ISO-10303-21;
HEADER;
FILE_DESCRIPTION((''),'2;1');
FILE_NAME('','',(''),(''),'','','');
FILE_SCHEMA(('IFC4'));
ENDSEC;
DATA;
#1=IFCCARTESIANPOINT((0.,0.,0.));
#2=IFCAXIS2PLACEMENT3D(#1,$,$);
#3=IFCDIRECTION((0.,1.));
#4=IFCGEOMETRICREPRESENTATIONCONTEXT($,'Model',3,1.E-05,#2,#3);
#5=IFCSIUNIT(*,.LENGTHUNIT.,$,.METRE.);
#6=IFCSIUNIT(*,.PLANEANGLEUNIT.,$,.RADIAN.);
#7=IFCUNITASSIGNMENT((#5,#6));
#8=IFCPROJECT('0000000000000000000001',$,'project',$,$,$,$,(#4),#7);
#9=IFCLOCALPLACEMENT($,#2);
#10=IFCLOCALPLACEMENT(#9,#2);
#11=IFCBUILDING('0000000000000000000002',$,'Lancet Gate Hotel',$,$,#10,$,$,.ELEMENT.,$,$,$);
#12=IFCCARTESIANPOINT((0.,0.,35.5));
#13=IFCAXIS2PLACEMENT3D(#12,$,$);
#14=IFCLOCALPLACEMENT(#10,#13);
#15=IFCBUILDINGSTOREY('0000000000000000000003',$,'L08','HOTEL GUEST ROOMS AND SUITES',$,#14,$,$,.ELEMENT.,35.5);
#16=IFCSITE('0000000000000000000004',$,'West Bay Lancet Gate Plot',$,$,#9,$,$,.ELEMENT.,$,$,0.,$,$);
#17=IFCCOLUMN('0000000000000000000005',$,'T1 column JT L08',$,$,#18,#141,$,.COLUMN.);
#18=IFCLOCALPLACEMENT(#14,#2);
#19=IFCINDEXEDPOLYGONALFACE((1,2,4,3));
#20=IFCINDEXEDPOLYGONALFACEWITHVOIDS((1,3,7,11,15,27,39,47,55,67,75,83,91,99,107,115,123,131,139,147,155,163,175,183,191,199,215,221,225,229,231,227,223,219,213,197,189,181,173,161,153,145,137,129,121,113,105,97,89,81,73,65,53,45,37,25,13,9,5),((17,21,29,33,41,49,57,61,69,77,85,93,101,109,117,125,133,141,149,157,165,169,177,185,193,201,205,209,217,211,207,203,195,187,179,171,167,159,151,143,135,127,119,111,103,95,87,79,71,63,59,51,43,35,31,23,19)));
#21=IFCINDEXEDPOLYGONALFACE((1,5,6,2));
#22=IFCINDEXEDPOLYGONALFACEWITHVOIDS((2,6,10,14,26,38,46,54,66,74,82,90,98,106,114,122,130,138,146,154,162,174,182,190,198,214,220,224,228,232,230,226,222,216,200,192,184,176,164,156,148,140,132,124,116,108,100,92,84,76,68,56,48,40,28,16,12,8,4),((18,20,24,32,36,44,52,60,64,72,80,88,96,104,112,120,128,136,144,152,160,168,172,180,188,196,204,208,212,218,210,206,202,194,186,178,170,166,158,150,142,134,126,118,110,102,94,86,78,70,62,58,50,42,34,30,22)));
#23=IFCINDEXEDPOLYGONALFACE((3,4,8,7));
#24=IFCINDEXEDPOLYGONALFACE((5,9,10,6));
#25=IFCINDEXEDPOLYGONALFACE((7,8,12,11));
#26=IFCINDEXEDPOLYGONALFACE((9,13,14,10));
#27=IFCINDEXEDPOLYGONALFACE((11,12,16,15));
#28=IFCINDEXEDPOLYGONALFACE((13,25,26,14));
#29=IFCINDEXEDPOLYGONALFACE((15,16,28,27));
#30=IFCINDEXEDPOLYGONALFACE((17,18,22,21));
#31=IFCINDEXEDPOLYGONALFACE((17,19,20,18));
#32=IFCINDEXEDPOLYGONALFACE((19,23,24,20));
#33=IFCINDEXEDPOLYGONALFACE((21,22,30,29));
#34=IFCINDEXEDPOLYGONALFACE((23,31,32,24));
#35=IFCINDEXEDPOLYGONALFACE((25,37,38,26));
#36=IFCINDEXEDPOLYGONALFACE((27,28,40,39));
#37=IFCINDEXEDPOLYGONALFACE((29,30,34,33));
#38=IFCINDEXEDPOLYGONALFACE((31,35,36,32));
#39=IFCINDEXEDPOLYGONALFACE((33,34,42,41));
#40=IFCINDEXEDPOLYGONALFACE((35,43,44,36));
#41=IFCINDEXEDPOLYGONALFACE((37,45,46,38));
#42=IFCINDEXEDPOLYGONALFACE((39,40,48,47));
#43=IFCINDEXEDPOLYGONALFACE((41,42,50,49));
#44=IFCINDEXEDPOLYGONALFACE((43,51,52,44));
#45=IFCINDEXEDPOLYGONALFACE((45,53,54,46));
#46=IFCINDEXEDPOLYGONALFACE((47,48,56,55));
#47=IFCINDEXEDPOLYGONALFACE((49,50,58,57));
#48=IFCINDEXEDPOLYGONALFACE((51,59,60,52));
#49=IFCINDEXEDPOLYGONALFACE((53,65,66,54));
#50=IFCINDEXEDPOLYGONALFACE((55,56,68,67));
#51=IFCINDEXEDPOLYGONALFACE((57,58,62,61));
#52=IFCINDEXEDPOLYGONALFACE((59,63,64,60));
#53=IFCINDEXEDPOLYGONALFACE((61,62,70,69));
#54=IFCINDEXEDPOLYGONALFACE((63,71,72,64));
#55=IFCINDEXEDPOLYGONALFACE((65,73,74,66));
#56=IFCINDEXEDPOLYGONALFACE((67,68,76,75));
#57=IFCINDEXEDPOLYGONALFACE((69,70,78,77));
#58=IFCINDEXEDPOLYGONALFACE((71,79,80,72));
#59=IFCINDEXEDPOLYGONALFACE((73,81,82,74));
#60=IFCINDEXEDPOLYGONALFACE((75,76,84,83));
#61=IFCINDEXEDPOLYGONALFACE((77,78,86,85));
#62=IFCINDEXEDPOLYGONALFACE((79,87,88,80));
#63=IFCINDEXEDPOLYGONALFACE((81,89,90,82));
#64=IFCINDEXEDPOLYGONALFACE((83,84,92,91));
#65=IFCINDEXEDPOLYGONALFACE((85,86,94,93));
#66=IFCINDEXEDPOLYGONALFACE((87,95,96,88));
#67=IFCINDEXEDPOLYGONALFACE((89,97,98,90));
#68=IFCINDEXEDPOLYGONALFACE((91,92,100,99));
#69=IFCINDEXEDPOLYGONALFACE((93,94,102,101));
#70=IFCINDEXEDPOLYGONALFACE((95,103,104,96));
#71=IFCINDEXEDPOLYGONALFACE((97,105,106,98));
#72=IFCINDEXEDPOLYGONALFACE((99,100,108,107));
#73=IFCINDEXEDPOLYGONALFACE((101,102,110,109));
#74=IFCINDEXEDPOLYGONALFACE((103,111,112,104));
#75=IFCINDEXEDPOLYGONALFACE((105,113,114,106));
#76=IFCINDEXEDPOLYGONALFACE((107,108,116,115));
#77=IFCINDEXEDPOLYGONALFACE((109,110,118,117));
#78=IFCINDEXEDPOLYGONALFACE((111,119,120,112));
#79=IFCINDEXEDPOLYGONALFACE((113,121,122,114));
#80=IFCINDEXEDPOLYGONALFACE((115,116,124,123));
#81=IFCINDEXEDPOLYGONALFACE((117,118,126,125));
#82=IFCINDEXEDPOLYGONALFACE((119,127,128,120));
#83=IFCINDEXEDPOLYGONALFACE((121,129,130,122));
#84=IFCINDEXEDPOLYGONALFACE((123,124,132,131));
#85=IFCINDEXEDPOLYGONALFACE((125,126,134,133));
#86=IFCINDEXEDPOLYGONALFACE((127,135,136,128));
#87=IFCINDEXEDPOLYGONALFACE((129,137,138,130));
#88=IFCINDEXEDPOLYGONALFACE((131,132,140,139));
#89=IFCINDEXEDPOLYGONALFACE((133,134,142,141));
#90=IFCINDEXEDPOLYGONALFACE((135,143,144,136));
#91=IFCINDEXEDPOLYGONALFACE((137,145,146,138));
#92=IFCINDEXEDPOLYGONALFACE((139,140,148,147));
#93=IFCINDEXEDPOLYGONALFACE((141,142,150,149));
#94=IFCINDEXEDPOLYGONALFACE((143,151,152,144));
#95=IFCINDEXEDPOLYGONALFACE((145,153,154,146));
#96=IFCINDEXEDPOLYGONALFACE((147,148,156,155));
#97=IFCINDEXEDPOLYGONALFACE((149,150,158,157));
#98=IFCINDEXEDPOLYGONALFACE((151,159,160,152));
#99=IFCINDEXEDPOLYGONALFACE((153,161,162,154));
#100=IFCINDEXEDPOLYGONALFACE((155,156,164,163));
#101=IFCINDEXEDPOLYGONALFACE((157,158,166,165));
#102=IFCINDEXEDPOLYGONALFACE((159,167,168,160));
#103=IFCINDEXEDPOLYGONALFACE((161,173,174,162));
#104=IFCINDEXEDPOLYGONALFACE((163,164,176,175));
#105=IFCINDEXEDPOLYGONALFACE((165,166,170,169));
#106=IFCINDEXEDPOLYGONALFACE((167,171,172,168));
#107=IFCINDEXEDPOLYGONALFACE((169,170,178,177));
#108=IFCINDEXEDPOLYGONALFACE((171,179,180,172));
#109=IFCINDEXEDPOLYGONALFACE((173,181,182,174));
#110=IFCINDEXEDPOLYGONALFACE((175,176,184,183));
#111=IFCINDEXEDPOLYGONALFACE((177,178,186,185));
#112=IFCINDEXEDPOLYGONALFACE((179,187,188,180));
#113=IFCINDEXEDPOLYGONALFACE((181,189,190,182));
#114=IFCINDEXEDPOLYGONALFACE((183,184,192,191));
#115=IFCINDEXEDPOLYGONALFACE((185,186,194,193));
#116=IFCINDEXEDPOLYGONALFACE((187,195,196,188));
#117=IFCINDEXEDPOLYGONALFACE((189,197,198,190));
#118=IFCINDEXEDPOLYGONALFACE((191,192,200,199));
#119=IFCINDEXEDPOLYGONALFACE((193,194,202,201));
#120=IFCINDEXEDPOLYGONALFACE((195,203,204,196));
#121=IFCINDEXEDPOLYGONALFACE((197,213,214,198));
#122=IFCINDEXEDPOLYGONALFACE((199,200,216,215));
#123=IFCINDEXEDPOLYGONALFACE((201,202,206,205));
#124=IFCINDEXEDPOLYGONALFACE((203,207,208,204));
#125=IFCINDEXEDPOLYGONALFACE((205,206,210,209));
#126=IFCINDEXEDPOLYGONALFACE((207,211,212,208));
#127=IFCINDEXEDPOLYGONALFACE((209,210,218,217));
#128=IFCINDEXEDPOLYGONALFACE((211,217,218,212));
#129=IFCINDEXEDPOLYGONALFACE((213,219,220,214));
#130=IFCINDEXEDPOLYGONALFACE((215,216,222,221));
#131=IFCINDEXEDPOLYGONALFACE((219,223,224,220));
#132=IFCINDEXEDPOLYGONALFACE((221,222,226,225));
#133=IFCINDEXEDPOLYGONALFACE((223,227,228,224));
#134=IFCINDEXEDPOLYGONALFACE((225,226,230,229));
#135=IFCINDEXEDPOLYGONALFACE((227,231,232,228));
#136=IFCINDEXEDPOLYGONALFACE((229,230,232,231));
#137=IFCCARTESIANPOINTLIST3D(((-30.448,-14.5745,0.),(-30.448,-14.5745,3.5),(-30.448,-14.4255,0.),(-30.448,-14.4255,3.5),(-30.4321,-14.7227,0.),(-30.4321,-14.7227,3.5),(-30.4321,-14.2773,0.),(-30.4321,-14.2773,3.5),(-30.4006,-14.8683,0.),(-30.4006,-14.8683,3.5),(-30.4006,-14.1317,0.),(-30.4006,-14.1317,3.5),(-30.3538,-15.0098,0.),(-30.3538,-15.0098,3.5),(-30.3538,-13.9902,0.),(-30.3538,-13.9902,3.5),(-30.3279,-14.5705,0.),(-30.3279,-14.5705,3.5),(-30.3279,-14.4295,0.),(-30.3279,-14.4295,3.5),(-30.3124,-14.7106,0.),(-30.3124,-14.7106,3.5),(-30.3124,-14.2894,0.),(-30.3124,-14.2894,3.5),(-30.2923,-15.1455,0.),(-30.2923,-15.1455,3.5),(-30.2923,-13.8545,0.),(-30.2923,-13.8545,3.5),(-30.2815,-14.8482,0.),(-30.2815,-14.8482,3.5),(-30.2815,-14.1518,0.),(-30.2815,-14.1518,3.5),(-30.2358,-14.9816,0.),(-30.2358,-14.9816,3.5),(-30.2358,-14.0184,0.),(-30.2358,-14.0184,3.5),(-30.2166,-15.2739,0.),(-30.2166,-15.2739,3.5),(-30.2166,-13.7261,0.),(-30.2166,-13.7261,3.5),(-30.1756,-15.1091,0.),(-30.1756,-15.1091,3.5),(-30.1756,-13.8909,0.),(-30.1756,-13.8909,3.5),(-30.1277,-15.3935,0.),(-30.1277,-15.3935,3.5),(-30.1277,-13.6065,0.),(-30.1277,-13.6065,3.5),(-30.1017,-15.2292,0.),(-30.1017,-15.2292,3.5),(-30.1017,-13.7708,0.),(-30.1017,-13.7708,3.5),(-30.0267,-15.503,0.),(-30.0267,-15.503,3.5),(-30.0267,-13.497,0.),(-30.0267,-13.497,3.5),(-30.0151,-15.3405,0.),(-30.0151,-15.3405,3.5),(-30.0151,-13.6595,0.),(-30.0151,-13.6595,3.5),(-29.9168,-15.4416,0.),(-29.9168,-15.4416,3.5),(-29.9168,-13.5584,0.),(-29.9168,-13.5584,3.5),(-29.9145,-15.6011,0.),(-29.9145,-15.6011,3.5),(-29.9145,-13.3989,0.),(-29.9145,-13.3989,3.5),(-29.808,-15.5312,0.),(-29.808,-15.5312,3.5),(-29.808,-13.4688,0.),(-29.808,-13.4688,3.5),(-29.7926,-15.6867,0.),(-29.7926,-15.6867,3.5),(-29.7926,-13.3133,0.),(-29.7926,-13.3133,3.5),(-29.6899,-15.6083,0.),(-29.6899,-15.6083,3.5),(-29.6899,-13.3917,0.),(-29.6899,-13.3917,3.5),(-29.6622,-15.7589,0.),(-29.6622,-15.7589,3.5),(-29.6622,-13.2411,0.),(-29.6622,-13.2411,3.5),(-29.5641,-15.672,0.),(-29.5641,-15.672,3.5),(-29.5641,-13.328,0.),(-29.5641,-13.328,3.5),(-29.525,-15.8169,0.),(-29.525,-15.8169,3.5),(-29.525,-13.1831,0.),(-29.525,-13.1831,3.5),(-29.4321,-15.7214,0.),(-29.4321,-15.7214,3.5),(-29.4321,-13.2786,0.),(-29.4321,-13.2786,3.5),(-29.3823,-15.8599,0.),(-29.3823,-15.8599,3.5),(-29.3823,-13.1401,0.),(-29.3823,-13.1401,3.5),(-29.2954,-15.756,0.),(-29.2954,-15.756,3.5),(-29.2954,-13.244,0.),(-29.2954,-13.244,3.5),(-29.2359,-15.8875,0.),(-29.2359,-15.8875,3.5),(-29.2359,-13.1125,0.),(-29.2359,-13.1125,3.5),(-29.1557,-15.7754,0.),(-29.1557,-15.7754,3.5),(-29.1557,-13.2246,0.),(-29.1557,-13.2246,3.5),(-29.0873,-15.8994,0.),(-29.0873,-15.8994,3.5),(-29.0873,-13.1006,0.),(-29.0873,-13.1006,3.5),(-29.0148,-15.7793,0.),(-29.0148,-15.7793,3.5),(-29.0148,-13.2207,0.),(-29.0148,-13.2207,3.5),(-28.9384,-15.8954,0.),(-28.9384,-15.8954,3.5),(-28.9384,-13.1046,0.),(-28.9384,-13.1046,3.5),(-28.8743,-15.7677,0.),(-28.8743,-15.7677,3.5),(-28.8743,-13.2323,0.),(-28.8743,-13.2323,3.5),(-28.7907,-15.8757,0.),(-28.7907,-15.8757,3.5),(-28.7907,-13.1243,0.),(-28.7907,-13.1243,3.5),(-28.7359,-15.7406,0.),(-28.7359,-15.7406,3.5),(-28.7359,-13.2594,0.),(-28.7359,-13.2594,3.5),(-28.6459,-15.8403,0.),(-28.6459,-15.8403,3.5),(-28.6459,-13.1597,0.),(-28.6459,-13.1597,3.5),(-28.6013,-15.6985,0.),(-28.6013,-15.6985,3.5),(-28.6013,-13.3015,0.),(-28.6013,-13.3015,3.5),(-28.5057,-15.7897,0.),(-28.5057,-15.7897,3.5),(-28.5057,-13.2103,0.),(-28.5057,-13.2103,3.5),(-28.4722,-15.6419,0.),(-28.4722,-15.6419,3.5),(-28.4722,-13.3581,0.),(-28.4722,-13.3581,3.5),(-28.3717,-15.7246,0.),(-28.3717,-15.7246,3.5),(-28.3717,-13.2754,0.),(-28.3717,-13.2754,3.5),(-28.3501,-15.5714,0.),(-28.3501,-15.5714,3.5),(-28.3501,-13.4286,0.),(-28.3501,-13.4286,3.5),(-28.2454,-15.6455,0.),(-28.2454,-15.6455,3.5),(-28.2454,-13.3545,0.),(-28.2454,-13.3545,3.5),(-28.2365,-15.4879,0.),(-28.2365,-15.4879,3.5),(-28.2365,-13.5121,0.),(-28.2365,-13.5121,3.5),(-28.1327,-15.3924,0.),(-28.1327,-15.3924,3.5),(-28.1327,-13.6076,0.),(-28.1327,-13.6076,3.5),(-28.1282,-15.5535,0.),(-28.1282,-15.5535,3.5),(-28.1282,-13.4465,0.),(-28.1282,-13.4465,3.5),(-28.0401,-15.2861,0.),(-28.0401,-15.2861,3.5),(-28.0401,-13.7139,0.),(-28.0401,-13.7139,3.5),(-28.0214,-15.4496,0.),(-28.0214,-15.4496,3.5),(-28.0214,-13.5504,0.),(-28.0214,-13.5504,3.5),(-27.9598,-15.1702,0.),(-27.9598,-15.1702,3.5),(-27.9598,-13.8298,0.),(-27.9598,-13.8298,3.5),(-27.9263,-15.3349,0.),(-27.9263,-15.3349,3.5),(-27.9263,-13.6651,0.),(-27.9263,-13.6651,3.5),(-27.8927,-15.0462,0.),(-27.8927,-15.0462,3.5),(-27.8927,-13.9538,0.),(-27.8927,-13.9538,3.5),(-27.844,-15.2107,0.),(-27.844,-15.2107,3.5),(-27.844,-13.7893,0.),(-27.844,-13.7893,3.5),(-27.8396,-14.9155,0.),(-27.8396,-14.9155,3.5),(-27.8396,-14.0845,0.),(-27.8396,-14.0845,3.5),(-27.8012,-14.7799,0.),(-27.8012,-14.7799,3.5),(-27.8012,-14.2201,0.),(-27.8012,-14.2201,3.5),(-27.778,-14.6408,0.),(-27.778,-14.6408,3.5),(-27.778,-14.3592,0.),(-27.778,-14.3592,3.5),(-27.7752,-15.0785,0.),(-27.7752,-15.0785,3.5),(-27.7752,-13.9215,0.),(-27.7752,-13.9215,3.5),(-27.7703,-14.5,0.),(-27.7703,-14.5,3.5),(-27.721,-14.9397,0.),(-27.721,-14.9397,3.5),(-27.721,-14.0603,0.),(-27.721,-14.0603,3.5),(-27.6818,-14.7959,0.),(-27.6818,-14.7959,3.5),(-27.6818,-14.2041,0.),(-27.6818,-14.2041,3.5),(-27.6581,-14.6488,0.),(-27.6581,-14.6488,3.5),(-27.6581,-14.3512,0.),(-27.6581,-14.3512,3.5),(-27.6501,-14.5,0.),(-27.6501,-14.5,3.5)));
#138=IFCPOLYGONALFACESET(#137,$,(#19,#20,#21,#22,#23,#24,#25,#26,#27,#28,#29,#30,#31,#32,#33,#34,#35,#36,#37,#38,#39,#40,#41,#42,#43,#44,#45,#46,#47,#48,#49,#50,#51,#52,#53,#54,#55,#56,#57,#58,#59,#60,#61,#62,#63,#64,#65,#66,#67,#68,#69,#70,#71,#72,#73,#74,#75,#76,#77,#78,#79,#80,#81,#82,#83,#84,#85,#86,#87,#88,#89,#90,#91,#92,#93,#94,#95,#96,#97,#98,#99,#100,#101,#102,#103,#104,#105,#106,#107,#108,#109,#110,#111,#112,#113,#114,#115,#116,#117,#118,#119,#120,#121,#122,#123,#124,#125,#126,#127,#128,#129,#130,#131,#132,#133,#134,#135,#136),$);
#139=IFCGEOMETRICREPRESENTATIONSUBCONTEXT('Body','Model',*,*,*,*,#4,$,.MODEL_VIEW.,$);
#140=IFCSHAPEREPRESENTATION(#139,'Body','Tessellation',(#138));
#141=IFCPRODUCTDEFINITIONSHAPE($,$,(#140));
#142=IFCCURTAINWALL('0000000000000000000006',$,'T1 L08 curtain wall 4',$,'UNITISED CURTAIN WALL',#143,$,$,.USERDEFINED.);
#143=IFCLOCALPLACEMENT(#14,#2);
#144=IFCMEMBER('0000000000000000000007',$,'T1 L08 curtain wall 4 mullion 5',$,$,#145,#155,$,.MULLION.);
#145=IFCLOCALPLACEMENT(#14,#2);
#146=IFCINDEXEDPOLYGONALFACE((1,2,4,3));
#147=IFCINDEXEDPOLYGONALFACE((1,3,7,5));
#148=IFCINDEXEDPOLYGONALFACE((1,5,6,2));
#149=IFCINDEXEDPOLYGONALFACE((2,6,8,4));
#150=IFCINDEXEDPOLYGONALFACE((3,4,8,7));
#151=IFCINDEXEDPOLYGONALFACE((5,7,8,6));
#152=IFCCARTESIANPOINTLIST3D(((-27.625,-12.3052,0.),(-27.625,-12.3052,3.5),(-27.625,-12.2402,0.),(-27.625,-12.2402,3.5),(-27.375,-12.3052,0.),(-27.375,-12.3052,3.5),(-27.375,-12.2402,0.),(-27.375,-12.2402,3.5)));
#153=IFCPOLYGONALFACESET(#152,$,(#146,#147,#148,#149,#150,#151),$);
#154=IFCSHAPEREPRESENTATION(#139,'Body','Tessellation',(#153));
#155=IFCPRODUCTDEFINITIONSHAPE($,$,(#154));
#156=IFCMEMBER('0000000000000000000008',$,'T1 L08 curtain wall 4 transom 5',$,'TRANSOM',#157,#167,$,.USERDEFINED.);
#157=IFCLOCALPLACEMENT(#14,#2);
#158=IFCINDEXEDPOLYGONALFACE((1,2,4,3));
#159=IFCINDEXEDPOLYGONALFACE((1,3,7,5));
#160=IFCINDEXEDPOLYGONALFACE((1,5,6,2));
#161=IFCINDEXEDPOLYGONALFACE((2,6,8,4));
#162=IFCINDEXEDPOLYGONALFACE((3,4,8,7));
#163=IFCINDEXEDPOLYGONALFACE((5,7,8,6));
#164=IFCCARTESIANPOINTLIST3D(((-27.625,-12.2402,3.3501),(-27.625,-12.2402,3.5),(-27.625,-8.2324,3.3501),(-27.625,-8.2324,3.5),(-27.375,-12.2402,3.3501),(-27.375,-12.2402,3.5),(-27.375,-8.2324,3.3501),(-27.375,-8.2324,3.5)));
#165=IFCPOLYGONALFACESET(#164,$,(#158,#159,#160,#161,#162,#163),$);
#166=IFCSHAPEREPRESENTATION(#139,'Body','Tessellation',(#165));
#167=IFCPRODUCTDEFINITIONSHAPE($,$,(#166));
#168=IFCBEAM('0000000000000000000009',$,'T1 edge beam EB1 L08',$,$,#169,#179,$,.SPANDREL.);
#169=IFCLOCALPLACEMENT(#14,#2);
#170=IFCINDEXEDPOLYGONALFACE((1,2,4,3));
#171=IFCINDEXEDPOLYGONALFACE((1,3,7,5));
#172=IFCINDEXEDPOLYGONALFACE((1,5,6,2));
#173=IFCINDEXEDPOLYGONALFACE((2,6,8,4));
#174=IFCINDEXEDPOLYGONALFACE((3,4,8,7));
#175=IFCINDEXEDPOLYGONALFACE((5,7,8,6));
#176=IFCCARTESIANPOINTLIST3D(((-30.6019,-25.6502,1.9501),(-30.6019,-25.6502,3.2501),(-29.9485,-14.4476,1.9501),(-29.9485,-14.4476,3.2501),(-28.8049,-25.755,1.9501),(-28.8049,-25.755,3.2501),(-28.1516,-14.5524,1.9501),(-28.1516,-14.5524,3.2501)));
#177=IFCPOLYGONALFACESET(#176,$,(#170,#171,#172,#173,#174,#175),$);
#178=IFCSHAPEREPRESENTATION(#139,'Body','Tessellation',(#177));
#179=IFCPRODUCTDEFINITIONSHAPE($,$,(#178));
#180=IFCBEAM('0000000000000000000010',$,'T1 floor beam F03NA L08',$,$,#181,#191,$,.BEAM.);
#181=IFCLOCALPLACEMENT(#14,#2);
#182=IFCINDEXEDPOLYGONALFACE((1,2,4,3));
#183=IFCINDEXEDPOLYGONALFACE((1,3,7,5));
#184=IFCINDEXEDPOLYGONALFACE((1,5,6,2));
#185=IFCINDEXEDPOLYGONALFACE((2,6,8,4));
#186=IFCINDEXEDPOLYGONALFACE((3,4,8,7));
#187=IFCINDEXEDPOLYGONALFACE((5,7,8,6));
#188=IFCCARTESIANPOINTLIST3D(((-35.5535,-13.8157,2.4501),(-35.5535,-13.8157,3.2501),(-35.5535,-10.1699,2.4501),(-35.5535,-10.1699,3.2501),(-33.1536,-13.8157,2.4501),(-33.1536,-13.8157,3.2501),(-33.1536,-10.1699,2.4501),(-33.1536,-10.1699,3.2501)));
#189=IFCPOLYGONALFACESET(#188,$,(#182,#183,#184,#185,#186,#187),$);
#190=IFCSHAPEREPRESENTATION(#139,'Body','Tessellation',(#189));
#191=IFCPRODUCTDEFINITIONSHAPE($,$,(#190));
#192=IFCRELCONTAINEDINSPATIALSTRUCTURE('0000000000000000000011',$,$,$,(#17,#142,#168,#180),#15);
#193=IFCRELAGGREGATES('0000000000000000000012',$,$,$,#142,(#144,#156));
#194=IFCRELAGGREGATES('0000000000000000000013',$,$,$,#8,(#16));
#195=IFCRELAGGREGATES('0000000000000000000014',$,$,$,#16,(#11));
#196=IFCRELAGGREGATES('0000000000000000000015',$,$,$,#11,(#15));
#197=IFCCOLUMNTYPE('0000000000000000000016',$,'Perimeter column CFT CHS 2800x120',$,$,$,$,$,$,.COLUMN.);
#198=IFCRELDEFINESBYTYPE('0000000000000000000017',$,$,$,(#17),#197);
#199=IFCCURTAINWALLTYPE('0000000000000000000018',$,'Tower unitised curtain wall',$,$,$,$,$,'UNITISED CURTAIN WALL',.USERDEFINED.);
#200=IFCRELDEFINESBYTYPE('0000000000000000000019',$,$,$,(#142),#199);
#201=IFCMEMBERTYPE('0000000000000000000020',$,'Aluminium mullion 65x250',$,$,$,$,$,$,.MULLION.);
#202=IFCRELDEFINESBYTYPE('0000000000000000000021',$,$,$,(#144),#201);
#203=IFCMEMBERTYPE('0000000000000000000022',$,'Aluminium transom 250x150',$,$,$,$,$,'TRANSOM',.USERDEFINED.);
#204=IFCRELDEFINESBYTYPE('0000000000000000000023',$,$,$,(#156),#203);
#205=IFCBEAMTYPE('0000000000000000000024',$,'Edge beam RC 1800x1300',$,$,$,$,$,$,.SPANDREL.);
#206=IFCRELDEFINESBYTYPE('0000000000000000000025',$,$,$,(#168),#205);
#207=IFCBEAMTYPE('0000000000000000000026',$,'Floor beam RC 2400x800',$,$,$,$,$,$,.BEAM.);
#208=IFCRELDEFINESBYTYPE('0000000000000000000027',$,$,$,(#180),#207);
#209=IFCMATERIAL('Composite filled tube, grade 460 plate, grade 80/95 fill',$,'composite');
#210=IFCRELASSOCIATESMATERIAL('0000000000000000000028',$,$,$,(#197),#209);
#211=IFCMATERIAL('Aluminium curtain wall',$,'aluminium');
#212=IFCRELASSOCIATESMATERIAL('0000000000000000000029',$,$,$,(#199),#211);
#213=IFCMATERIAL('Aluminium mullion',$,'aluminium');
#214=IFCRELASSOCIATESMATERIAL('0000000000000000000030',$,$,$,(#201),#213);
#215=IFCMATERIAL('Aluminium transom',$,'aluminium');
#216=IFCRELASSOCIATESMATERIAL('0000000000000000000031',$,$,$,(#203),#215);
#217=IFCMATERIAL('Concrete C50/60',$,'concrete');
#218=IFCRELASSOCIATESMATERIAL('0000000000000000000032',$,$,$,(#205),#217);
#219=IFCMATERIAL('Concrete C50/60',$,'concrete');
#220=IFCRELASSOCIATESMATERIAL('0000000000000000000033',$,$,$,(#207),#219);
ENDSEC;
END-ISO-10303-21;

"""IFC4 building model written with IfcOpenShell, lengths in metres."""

from ifc_helpers import new_model, si_unit, direction, frame, origin, origin_2d, place, context, subcontext, project, spatial, rectangle, hollow_circle, extrude, material, material_profile, profile_set, type_object, element, aggregate, save


model = new_model("IFC4")

# Units and contexts
model_context = context("Model", 3, precision=1e-05, world=origin(), true_north=direction((0.0, 1.0)))
body_context = subcontext(model_context, "Body", "Model", "MODEL_VIEW")
ifc_project = project(units=[si_unit("LENGTHUNIT", "METRE"), si_unit("PLANEANGLEUNIT", "RADIAN")], contexts=[model_context])

# Site, building, storey
site_placement = place(None, origin())
site = spatial("IfcSite", under=ifc_project, at=site_placement, Name="West Bay Lancet Gate Plot", CompositionType="ELEMENT", RefElevation=0.0)
building_placement = place(site_placement, origin())
building = spatial("IfcBuilding", under=site, at=building_placement, Name="Lancet Gate Hotel", CompositionType="ELEMENT")
storey_placement = place(building_placement, frame((0.0, 0.0, 35.5)))
storey = spatial("IfcBuildingStorey", under=building, at=storey_placement, Name="L08", Description="HOTEL GUEST ROOMS AND SUITES", CompositionType="ELEMENT", Elevation=35.5)

# Column
ifc_material_1 = material(Name="Composite filled tube, grade 460 plate, grade 80/95 fill", Category="composite")
ifc_material_profile_1 = material_profile(ifc_material_1, hollow_circle(Radius=1.3999, WallThickness=0.1201, at=origin_2d()), Name="CHS 2800x120")
ifc_profile_set_1 = profile_set([ifc_material_profile_1], Name="Composite filled tube, grade 460 plate, grade 80/95 fill")
column_type = type_object("IfcColumnType", Name="Perimeter column CFT CHS 2800x120", PredefinedType="COLUMN", material=ifc_profile_set_1)
for number, where, z_axis, x_axis, name in (
    (1, (-29.05, -14.5, 0.0), (0.0, 0.0, 1.0), (1.0, 0.0, 0.0), "T1 column JT L08"),
):
    element("IfcColumn", number, at=place(storey_placement, frame(where, z_axis=z_axis, x_axis=x_axis)), inside=storey, type_object=column_type, Name=name, PredefinedType="COLUMN", context=body_context, shape_type="SweptSolid", body=[
        extrude(hollow_circle(Radius=1.3999, WallThickness=0.1201, at=origin_2d()), origin(), (0.0, 0.0, 1.0), 3.5),
    ])

# Curtain wall, members
ifc_material_2 = material(Name="Aluminium curtain wall", Category="aluminium")
curtain_wall_type = type_object("IfcCurtainWallType", Name="Tower unitised curtain wall", ElementType="UNITISED CURTAIN WALL", PredefinedType="USERDEFINED", material=ifc_material_2)
curtain_wall_placement = place(storey_placement, origin())
curtain_wall = element("IfcCurtainWall", 2, at=curtain_wall_placement, inside=storey, type_object=curtain_wall_type, Name="T1 L08 curtain wall 4", ObjectType="UNITISED CURTAIN WALL", PredefinedType="USERDEFINED")
ifc_material_3 = material(Name="Aluminium mullion", Category="aluminium")
ifc_material_profile_2 = material_profile(ifc_material_3, rectangle(XDim=0.0649, YDim=0.25, at=origin_2d()), Name="MULLION 65x250")
ifc_profile_set_2 = profile_set([ifc_material_profile_2], Name="Aluminium mullion")
member_type_1 = type_object("IfcMemberType", Name="Aluminium mullion 65x250", PredefinedType="MULLION", material=ifc_profile_set_2)
member_1_placement = place(storey_placement, frame((-27.5, -12.2727, 0.0), z_axis=(0.0, 0.0, 1.0), x_axis=(0.0, 1.0, 0.0)))
member_1 = element("IfcMember", 3, at=member_1_placement, type_object=member_type_1, Name="T1 L08 curtain wall 4 mullion 5", PredefinedType="MULLION", context=body_context, shape_type="SweptSolid", body=[
    extrude(rectangle(XDim=0.0649, YDim=0.25, at=origin_2d()), origin(), (0.0, 0.0, 1.0), 3.5),
])
ifc_material_4 = material(Name="Aluminium transom", Category="aluminium")
ifc_material_profile_3 = material_profile(ifc_material_4, rectangle(XDim=0.25, YDim=0.1499, at=origin_2d()), Name="TRANSOM 250x150")
ifc_profile_set_3 = profile_set([ifc_material_profile_3], Name="Aluminium transom")
member_type_2 = type_object("IfcMemberType", Name="Aluminium transom 250x150", ElementType="TRANSOM", PredefinedType="USERDEFINED", material=ifc_profile_set_3)
member_2_placement = place(storey_placement, frame((-27.5, -12.2402, 3.425), z_axis=(0.0, 1.0, 0.0), x_axis=(-1.0, 0.0, 0.0)))
member_2 = element("IfcMember", 4, at=member_2_placement, type_object=member_type_2, Name="T1 L08 curtain wall 4 transom 5", ObjectType="TRANSOM", PredefinedType="USERDEFINED", context=body_context, shape_type="SweptSolid", body=[
    extrude(rectangle(XDim=0.25, YDim=0.1499, at=origin_2d()), origin(), (0.0, 0.0, 1.0), 4.0078),
])

# Beams
ifc_material_5 = material(Name="Concrete C50/60", Category="concrete")
ifc_material_profile_4 = material_profile(ifc_material_5, rectangle(XDim=1.8, YDim=1.3, at=origin_2d()), Name="RC 1800x1300")
ifc_profile_set_4 = profile_set([ifc_material_profile_4], Name="Concrete C50/60")
beam_type_1 = type_object("IfcBeamType", Name="Edge beam RC 1800x1300", PredefinedType="SPANDREL", material=ifc_profile_set_4)
beam_1_placement = place(storey_placement, frame((-29.05, -14.5, 2.6001), z_axis=(-0.05822, -0.998304, 0.0), x_axis=(0.998304, -0.05822, 0.0)))
element("IfcBeam", 5, at=beam_1_placement, inside=storey, type_object=beam_type_1, Name="T1 edge beam EB1 L08", PredefinedType="SPANDREL", context=body_context, shape_type="SweptSolid", body=[
    extrude(rectangle(XDim=1.8, YDim=1.3, at=origin_2d()), origin(), (0.0, 0.0, 1.0), 11.2217),
])
ifc_material_6 = material(Name="Concrete C50/60", Category="concrete")
ifc_material_profile_5 = material_profile(ifc_material_6, rectangle(XDim=2.3999, YDim=0.8, at=origin_2d()), Name="RC 2400x800")
ifc_profile_set_5 = profile_set([ifc_material_profile_5], Name="Concrete C50/60")
beam_type_2 = type_object("IfcBeamType", Name="Floor beam RC 2400x800", PredefinedType="BEAM", material=ifc_profile_set_5)
beam_2_placement = place(storey_placement, frame((-34.3535, -10.1699, 2.8501), z_axis=(0.0, -1.0, 0.0), x_axis=(1.0, 0.0, 0.0)))
element("IfcBeam", 6, at=beam_2_placement, inside=storey, type_object=beam_type_2, Name="T1 floor beam F03NA L08", PredefinedType="BEAM", context=body_context, shape_type="SweptSolid", body=[
    extrude(rectangle(XDim=2.3999, YDim=0.8, at=origin_2d()), origin(), (0.0, 0.0, 1.0), 3.6458),
])

aggregate(curtain_wall, [member_1, member_2])

save(model, "model.ifc")
